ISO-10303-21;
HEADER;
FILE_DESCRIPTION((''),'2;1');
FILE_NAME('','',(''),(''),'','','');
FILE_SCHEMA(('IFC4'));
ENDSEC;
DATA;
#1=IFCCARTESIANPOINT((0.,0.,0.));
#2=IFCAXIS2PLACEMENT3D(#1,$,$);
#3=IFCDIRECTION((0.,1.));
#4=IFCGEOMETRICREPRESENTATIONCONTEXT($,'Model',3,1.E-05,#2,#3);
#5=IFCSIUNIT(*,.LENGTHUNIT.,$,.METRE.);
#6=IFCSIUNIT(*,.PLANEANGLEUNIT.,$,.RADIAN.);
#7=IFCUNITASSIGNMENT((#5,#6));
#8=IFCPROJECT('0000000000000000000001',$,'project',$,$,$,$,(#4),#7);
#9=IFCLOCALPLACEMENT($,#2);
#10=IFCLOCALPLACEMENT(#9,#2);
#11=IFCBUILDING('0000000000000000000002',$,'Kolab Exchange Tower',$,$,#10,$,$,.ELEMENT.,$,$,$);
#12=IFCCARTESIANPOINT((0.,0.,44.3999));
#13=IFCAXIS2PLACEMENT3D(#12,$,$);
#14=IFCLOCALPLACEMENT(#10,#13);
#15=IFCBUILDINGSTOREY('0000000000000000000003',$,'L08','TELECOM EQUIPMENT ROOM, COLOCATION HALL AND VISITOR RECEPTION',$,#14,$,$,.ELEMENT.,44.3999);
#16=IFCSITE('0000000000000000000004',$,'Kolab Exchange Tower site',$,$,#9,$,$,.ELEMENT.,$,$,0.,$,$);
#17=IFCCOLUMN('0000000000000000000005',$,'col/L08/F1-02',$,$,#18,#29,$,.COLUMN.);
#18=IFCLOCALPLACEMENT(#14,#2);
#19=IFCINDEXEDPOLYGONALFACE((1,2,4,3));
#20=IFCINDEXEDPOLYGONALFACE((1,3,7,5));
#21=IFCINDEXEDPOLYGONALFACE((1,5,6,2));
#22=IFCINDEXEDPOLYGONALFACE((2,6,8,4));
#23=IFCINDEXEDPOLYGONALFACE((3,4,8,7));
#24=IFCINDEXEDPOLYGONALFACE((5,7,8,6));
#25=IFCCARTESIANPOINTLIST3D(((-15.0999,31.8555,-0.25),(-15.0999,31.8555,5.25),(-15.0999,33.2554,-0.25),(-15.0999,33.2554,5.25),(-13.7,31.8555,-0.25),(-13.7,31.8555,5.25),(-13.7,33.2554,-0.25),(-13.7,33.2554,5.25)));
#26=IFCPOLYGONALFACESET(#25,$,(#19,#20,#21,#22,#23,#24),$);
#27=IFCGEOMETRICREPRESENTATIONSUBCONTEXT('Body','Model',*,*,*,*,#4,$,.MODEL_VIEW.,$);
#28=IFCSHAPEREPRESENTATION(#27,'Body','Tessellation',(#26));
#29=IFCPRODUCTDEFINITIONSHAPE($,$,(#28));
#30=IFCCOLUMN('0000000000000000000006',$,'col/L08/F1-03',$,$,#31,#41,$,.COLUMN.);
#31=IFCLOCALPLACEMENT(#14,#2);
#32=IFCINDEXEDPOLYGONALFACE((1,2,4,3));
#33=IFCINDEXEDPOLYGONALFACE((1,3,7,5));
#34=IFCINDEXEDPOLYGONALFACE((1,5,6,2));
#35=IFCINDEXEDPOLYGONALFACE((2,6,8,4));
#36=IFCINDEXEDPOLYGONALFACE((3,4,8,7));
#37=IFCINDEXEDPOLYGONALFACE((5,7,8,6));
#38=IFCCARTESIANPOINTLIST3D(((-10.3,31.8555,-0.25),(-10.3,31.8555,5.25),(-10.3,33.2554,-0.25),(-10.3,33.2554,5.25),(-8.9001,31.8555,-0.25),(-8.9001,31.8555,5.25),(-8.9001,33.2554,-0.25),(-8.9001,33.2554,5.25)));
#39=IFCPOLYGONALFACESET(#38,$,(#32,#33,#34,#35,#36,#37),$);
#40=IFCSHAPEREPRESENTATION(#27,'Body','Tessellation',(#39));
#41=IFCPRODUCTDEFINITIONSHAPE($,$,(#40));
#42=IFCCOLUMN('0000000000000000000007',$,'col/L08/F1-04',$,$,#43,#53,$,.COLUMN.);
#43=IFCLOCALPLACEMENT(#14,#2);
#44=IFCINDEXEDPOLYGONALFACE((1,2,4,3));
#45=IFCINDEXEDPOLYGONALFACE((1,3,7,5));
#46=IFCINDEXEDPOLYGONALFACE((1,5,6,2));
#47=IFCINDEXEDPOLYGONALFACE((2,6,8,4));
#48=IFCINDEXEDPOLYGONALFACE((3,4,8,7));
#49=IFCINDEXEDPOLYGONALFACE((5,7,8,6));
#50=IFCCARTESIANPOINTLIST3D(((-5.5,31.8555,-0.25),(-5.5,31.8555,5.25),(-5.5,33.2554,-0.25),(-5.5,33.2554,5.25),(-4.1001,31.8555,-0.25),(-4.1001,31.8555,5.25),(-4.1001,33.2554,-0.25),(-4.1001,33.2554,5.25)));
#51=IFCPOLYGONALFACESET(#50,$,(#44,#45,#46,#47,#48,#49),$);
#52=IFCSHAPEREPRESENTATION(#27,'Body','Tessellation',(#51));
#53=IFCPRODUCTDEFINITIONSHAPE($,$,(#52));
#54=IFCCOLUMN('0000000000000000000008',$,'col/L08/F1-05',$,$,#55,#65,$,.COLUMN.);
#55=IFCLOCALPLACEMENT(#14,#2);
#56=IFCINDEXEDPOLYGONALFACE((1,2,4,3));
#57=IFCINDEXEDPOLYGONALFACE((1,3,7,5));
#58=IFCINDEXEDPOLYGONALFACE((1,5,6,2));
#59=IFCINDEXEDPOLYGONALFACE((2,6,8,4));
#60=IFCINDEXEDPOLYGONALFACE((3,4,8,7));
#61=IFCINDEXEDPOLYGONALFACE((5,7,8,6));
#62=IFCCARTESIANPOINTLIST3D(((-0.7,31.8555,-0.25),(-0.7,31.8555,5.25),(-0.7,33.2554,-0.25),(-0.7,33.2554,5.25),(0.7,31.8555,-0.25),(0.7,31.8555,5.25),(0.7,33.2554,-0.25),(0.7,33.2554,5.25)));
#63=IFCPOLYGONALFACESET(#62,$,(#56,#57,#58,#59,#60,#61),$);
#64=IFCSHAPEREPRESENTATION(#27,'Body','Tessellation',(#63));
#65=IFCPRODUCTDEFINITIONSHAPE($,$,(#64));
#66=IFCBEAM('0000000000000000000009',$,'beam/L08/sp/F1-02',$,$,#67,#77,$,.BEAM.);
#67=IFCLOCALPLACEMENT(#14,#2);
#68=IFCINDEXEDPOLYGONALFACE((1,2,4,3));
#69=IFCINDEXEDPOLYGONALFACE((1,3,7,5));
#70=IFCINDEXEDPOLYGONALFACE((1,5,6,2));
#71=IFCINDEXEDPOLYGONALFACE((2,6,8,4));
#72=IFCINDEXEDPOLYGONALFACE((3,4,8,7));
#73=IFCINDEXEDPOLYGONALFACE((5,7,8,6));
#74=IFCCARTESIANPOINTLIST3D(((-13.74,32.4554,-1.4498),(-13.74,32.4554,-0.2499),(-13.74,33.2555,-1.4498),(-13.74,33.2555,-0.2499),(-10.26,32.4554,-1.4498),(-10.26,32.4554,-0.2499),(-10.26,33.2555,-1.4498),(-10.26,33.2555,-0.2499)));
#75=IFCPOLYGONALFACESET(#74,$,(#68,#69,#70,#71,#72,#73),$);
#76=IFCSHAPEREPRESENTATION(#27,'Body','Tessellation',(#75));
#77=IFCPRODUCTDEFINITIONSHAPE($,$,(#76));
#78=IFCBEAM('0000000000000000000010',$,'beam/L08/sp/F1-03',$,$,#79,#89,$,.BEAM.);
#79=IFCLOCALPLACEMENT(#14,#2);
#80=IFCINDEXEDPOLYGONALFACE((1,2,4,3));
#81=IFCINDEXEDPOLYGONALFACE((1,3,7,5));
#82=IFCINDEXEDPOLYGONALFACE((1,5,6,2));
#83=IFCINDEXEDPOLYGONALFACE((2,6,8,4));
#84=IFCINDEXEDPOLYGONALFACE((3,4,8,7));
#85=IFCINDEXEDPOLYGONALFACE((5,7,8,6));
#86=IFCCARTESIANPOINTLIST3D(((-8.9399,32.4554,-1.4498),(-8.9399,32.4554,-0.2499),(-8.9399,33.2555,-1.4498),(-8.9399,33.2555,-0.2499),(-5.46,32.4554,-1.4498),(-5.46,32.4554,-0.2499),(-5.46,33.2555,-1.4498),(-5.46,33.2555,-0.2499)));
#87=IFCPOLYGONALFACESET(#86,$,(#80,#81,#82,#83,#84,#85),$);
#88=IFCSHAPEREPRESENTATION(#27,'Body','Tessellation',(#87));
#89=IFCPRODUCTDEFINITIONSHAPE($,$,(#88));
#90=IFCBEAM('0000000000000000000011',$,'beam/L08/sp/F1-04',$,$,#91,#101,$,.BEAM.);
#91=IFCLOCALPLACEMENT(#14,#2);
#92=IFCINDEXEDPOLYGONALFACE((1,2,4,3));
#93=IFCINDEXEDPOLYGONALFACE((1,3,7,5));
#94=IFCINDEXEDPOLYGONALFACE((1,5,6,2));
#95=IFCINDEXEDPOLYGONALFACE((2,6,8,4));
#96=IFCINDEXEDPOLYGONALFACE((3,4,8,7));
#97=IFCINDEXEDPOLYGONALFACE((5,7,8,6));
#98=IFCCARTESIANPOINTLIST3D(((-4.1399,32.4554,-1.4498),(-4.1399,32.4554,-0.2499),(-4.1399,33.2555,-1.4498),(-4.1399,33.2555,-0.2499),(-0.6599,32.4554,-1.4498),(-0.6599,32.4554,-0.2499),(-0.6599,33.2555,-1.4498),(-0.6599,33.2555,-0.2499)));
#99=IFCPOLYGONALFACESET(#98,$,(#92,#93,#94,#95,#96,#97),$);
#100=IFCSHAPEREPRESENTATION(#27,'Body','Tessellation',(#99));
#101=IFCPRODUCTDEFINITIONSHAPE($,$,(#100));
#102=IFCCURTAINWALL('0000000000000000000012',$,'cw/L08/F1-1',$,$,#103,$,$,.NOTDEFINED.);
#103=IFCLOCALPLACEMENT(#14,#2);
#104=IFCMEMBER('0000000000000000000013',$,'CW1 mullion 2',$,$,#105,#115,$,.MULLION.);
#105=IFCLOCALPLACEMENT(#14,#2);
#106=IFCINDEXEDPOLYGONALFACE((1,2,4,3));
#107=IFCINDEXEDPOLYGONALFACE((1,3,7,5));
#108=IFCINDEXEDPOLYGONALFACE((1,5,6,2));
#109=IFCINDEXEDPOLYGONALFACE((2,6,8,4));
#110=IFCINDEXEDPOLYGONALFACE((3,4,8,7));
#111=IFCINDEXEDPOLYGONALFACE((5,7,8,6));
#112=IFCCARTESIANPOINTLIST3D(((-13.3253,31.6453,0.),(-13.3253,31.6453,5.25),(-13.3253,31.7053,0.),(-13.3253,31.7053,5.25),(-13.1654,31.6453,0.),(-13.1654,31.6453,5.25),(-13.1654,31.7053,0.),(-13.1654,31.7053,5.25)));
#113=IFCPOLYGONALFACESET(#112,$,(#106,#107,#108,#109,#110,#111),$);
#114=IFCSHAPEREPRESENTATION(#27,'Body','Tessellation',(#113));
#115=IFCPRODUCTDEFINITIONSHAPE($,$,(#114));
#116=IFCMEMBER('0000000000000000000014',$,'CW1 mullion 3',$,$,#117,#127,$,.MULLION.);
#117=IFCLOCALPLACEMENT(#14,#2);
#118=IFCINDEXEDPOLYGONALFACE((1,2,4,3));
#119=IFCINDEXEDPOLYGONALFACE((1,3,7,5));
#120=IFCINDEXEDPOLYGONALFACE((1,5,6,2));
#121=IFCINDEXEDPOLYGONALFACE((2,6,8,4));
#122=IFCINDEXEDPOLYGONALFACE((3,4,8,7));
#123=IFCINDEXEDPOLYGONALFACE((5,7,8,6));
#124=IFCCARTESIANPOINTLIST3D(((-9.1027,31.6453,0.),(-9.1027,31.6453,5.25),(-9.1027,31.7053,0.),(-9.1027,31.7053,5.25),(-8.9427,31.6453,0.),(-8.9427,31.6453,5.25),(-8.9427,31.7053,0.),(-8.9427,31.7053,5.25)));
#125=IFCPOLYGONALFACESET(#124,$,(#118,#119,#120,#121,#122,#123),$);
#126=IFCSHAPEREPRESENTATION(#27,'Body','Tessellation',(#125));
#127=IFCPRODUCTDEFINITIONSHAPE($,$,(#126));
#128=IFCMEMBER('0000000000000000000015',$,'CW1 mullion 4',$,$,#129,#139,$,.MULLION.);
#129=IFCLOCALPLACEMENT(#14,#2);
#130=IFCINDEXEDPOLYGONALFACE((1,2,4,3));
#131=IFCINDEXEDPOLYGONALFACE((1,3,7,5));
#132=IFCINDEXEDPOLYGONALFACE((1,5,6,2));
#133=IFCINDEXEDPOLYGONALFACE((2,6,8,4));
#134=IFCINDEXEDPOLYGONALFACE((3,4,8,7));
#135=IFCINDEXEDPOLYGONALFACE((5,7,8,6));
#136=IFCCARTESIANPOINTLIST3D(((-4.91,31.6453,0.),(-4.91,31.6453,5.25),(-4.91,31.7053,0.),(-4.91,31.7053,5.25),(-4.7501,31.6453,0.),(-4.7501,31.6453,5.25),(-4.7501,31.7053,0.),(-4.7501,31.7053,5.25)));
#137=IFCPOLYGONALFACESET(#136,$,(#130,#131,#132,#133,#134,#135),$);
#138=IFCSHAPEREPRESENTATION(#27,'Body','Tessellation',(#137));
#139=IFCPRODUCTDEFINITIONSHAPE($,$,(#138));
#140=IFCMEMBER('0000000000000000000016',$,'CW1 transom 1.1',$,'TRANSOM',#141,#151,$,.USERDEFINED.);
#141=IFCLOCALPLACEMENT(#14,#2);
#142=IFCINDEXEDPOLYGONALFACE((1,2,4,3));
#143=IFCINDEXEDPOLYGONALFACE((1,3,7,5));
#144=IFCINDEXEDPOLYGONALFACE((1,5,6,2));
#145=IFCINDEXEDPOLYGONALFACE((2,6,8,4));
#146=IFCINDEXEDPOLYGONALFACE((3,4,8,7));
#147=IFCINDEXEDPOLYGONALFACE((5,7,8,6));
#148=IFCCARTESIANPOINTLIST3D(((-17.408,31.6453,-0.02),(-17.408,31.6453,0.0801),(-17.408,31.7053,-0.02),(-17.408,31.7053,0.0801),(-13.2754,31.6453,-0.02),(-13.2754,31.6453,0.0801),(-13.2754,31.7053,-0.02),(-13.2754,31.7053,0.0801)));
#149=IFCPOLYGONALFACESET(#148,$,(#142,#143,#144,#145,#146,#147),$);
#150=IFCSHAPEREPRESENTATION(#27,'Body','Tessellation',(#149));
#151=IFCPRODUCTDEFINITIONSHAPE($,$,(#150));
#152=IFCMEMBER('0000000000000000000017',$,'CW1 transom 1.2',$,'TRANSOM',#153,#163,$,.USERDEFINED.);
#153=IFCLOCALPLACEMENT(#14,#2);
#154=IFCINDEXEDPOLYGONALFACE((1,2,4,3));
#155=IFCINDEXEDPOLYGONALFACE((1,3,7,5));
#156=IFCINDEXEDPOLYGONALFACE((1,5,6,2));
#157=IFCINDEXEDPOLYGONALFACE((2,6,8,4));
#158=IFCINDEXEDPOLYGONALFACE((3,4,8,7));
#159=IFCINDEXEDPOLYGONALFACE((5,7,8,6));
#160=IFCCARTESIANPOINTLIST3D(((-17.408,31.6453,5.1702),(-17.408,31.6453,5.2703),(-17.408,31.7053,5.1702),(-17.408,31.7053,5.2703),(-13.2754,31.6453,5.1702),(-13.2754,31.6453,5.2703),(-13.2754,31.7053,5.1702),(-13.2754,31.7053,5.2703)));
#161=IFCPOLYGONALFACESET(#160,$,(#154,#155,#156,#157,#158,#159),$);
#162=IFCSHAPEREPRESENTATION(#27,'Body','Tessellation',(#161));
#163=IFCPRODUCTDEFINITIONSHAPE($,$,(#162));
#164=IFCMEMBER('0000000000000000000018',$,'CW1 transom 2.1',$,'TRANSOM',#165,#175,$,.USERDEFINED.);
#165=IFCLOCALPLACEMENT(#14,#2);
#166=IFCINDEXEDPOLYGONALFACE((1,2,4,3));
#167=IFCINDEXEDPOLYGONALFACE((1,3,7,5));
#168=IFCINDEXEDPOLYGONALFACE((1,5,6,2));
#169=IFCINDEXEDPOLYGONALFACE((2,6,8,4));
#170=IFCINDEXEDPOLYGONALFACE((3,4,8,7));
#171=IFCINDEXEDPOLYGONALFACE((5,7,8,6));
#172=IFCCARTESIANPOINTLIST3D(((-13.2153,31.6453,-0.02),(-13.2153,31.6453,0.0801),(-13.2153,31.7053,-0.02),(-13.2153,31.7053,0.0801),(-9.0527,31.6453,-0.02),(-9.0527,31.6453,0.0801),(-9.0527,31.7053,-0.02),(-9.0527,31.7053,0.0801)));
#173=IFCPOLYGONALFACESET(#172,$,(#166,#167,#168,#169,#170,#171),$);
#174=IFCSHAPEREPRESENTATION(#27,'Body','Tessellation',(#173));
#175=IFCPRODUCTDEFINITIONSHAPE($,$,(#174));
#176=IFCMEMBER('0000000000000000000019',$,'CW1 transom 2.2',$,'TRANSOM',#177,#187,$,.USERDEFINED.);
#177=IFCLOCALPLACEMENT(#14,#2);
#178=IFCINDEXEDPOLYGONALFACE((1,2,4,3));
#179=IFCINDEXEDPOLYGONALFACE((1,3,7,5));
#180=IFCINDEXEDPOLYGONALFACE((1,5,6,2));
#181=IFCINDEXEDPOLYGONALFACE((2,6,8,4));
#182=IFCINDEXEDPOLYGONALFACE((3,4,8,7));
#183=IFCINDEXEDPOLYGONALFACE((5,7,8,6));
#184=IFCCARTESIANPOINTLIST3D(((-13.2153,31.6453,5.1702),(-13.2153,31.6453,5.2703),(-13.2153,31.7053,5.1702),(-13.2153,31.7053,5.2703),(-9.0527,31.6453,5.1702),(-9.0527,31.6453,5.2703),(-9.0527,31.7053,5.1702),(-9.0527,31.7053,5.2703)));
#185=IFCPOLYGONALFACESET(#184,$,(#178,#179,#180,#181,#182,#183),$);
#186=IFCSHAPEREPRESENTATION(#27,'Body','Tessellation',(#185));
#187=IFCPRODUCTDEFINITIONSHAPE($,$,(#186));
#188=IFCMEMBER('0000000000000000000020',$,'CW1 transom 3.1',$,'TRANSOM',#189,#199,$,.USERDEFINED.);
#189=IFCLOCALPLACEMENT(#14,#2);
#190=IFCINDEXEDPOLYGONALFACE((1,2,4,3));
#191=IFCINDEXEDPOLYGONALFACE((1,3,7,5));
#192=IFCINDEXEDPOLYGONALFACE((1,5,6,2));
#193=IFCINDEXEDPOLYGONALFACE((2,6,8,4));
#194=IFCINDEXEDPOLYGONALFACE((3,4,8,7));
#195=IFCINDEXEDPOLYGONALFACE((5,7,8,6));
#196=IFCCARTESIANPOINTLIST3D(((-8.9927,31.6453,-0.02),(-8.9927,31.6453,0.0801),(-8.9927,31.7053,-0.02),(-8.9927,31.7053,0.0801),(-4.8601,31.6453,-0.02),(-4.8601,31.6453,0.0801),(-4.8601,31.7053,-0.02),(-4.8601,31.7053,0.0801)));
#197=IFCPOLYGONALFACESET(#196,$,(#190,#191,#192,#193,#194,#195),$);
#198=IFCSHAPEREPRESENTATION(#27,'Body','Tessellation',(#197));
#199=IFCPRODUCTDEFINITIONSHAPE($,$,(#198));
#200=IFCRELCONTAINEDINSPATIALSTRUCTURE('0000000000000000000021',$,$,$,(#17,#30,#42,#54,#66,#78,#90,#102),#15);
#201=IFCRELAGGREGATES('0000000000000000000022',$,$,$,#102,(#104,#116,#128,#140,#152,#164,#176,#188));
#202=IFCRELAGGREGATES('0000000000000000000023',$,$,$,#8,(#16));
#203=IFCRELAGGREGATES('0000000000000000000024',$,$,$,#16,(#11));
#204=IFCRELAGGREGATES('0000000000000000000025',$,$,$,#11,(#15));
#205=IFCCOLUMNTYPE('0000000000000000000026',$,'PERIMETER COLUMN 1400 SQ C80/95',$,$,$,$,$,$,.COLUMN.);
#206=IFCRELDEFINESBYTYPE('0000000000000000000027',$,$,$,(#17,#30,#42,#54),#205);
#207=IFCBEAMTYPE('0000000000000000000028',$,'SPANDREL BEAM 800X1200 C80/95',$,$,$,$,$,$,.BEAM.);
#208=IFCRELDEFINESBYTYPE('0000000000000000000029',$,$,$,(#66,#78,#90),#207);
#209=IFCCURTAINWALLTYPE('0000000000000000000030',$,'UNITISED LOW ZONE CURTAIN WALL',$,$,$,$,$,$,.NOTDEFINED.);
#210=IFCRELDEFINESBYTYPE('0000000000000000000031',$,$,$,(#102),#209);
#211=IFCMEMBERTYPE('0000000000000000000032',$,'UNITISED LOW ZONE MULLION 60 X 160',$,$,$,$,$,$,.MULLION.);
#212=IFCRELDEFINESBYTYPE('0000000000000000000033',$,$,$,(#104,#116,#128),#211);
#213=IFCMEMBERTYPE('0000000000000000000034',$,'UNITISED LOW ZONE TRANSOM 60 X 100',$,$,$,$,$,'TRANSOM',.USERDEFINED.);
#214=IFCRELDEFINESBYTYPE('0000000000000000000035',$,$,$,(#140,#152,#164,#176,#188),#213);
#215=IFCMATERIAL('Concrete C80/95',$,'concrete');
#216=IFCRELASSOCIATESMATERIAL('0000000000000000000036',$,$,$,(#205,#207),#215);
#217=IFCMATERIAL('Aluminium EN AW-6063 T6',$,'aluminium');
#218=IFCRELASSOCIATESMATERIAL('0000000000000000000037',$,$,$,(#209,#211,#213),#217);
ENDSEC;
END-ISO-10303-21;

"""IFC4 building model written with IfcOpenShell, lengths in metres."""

from ifc_helpers import new_model, si_unit, direction, frame, origin, origin_2d, place, context, subcontext, project, spatial, rectangle, extrude, material, material_profile, profile_set, type_object, element, aggregate, save


model = new_model("IFC4")

# Units and contexts
model_context = context("Model", 3, precision=1e-05, world=origin(), true_north=direction((0.0, 1.0)))
body_context = subcontext(model_context, "Body", "Model", "MODEL_VIEW")
ifc_project = project(units=[si_unit("LENGTHUNIT", "METRE"), si_unit("PLANEANGLEUNIT", "RADIAN")], contexts=[model_context])

# Site, building, storey
site_placement = place(None, origin())
site = spatial("IfcSite", under=ifc_project, at=site_placement, Name="Kolab Exchange Tower site", CompositionType="ELEMENT", RefElevation=0.0)
building_placement = place(site_placement, origin())
building = spatial("IfcBuilding", under=site, at=building_placement, Name="Kolab Exchange Tower", CompositionType="ELEMENT")
storey_placement = place(building_placement, frame((0.0, 0.0, 44.3999)))
storey = spatial("IfcBuildingStorey", under=building, at=storey_placement, Name="L08", Description="TELECOM EQUIPMENT ROOM, COLOCATION HALL AND VISITOR RECEPTION", CompositionType="ELEMENT", Elevation=44.3999)

# Columns
ifc_material_1 = material(Name="Concrete C80/95", Category="concrete")
ifc_material_profile_1 = material_profile(ifc_material_1, rectangle(XDim=1.3999, YDim=1.3999, at=origin_2d()), Name="RC1400")
ifc_profile_set_1 = profile_set([ifc_material_profile_1], Name="Concrete C80/95")
column_type = type_object("IfcColumnType", Name="PERIMETER COLUMN 1400 SQ C80/95", PredefinedType="COLUMN", material=ifc_profile_set_1)
for number, where, z_axis, x_axis, name in (
    (1, (-14.3999, 32.5554, -0.25), (0.0, 0.0, 1.0), (1.0, 0.0, 0.0), "col/L08/F1-02"),
    (2, (-9.6001, 32.5554, -0.25), (0.0, 0.0, 1.0), (1.0, 0.0, 0.0), "col/L08/F1-03"),
    (3, (-4.8, 32.5554, -0.25), (0.0, 0.0, 1.0), (1.0, 0.0, 0.0), "col/L08/F1-04"),
    (4, (0.0, 32.5554, -0.25), (0.0, 0.0, 1.0), (1.0, 0.0, 0.0), "col/L08/F1-05"),
):
    element("IfcColumn", number, at=place(storey_placement, frame(where, z_axis=z_axis, x_axis=x_axis)), inside=storey, type_object=column_type, Name=name, PredefinedType="COLUMN", context=body_context, shape_type="SweptSolid", body=[
        extrude(rectangle(XDim=1.3999, YDim=1.3999, at=origin_2d()), origin(), (0.0, 0.0, 1.0), 5.5),
    ])

# Beams
ifc_material_profile_2 = material_profile(ifc_material_1, rectangle(XDim=0.8, YDim=1.2, at=origin_2d()), Name="RC800X1200")
ifc_profile_set_2 = profile_set([ifc_material_profile_2], Name="Concrete C80/95")
beam_type = type_object("IfcBeamType", Name="SPANDREL BEAM 800X1200 C80/95", PredefinedType="BEAM", material=ifc_profile_set_2)
for number, where, z_axis, x_axis, name in (
    (5, (-13.74, 32.8555, -0.8499), (1.0, 0.0, 0.0), (0.0, 1.0, 0.0), "beam/L08/sp/F1-02"),
    (6, (-8.9399, 32.8555, -0.8499), (1.0, 0.0, 0.0), (0.0, 1.0, 0.0), "beam/L08/sp/F1-03"),
    (7, (-4.1399, 32.8555, -0.8499), (1.0, 0.0, 0.0), (0.0, 1.0, 0.0), "beam/L08/sp/F1-04"),
):
    element("IfcBeam", number, at=place(storey_placement, frame(where, z_axis=z_axis, x_axis=x_axis)), inside=storey, type_object=beam_type, Name=name, PredefinedType="BEAM", context=body_context, shape_type="SweptSolid", body=[
        extrude(rectangle(XDim=0.8, YDim=1.2, at=origin_2d()), origin(), (0.0, 0.0, 1.0), 3.48),
    ])

# Curtain wall, members
ifc_material_2 = material(Name="Aluminium EN AW-6063 T6", Category="aluminium")
curtain_wall_type = type_object("IfcCurtainWallType", Name="UNITISED LOW ZONE CURTAIN WALL", PredefinedType="NOTDEFINED", material=ifc_material_2)
curtain_wall_placement = place(storey_placement, origin())
curtain_wall = element("IfcCurtainWall", 8, at=curtain_wall_placement, inside=storey, type_object=curtain_wall_type, Name="cw/L08/F1-1", PredefinedType="NOTDEFINED")
ifc_material_profile_3 = material_profile(ifc_material_2, rectangle(XDim=0.0601, YDim=0.1599, at=origin_2d()), Name="RECT 60X160")
ifc_profile_set_3 = profile_set([ifc_material_profile_3], Name="Aluminium EN AW-6063 T6")
member_type_1 = type_object("IfcMemberType", Name="UNITISED LOW ZONE MULLION 60 X 160", PredefinedType="MULLION", material=ifc_profile_set_3)
member_1_placement = place(storey_placement, frame((-13.2454, 31.6753, 0.0), z_axis=(0.0, 0.0, 1.0), x_axis=(0.0, 1.0, 0.0)))
member_1 = element("IfcMember", 9, at=member_1_placement, type_object=member_type_1, Name="CW1 mullion 2", PredefinedType="MULLION", context=body_context, shape_type="SweptSolid", body=[
    extrude(rectangle(XDim=0.0601, YDim=0.1599, at=origin_2d()), origin(), (0.0, 0.0, 1.0), 5.25),
])
member_2_placement = place(storey_placement, frame((-9.0227, 31.6753, 0.0), z_axis=(0.0, 0.0, 1.0), x_axis=(0.0, 1.0, 0.0)))
member_2 = element("IfcMember", 10, at=member_2_placement, type_object=member_type_1, Name="CW1 mullion 3", PredefinedType="MULLION", context=body_context, shape_type="SweptSolid", body=[
    extrude(rectangle(XDim=0.0601, YDim=0.1599, at=origin_2d()), origin(), (0.0, 0.0, 1.0), 5.25),
])
member_3_placement = place(storey_placement, frame((-4.8301, 31.6753, 0.0), z_axis=(0.0, 0.0, 1.0), x_axis=(0.0, 1.0, 0.0)))
member_3 = element("IfcMember", 11, at=member_3_placement, type_object=member_type_1, Name="CW1 mullion 4", PredefinedType="MULLION", context=body_context, shape_type="SweptSolid", body=[
    extrude(rectangle(XDim=0.0601, YDim=0.1599, at=origin_2d()), origin(), (0.0, 0.0, 1.0), 5.25),
])
ifc_material_profile_4 = material_profile(ifc_material_2, rectangle(XDim=0.0601, YDim=0.1001, at=origin_2d()), Name="RECT 60X100")
ifc_profile_set_4 = profile_set([ifc_material_profile_4], Name="Aluminium EN AW-6063 T6")
member_type_2 = type_object("IfcMemberType", Name="UNITISED LOW ZONE TRANSOM 60 X 100", ElementType="TRANSOM", PredefinedType="USERDEFINED", material=ifc_profile_set_4)
member_4_placement = place(storey_placement, frame((-17.408, 31.6753, 0.03), z_axis=(1.0, 0.0, 0.0), x_axis=(0.0, 1.0, 0.0)))
member_4 = element("IfcMember", 12, at=member_4_placement, type_object=member_type_2, Name="CW1 transom 1.1", ObjectType="TRANSOM", PredefinedType="USERDEFINED", context=body_context, shape_type="SweptSolid", body=[
    extrude(rectangle(XDim=0.0601, YDim=0.1001, at=origin_2d()), origin(), (0.0, 0.0, 1.0), 4.1326),
])
member_5_placement = place(storey_placement, frame((-17.408, 31.6753, 5.2202), z_axis=(1.0, 0.0, 0.0), x_axis=(0.0, 1.0, 0.0)))
member_5 = element("IfcMember", 13, at=member_5_placement, type_object=member_type_2, Name="CW1 transom 1.2", ObjectType="TRANSOM", PredefinedType="USERDEFINED", context=body_context, shape_type="SweptSolid", body=[
    extrude(rectangle(XDim=0.0601, YDim=0.1001, at=origin_2d()), origin(), (0.0, 0.0, 1.0), 4.1326),
])
member_6_placement = place(storey_placement, frame((-13.2153, 31.6753, 0.03), z_axis=(1.0, 0.0, 0.0), x_axis=(0.0, 1.0, 0.0)))
member_6 = element("IfcMember", 14, at=member_6_placement, type_object=member_type_2, Name="CW1 transom 2.1", ObjectType="TRANSOM", PredefinedType="USERDEFINED", context=body_context, shape_type="SweptSolid", body=[
    extrude(rectangle(XDim=0.0601, YDim=0.1001, at=origin_2d()), origin(), (0.0, 0.0, 1.0), 4.1626),
])
member_7_placement = place(storey_placement, frame((-13.2153, 31.6753, 5.2202), z_axis=(1.0, 0.0, 0.0), x_axis=(0.0, 1.0, 0.0)))
member_7 = element("IfcMember", 15, at=member_7_placement, type_object=member_type_2, Name="CW1 transom 2.2", ObjectType="TRANSOM", PredefinedType="USERDEFINED", context=body_context, shape_type="SweptSolid", body=[
    extrude(rectangle(XDim=0.0601, YDim=0.1001, at=origin_2d()), origin(), (0.0, 0.0, 1.0), 4.1626),
])
member_8_placement = place(storey_placement, frame((-8.9927, 31.6753, 0.03), z_axis=(1.0, 0.0, 0.0), x_axis=(0.0, 1.0, 0.0)))
member_8 = element("IfcMember", 16, at=member_8_placement, type_object=member_type_2, Name="CW1 transom 3.1", ObjectType="TRANSOM", PredefinedType="USERDEFINED", context=body_context, shape_type="SweptSolid", body=[
    extrude(rectangle(XDim=0.0601, YDim=0.1001, at=origin_2d()), origin(), (0.0, 0.0, 1.0), 4.1326),
])
aggregate(curtain_wall, [member_1, member_2, member_3, member_4, member_5, member_6, member_7, member_8])

save(model, "model.ifc")
